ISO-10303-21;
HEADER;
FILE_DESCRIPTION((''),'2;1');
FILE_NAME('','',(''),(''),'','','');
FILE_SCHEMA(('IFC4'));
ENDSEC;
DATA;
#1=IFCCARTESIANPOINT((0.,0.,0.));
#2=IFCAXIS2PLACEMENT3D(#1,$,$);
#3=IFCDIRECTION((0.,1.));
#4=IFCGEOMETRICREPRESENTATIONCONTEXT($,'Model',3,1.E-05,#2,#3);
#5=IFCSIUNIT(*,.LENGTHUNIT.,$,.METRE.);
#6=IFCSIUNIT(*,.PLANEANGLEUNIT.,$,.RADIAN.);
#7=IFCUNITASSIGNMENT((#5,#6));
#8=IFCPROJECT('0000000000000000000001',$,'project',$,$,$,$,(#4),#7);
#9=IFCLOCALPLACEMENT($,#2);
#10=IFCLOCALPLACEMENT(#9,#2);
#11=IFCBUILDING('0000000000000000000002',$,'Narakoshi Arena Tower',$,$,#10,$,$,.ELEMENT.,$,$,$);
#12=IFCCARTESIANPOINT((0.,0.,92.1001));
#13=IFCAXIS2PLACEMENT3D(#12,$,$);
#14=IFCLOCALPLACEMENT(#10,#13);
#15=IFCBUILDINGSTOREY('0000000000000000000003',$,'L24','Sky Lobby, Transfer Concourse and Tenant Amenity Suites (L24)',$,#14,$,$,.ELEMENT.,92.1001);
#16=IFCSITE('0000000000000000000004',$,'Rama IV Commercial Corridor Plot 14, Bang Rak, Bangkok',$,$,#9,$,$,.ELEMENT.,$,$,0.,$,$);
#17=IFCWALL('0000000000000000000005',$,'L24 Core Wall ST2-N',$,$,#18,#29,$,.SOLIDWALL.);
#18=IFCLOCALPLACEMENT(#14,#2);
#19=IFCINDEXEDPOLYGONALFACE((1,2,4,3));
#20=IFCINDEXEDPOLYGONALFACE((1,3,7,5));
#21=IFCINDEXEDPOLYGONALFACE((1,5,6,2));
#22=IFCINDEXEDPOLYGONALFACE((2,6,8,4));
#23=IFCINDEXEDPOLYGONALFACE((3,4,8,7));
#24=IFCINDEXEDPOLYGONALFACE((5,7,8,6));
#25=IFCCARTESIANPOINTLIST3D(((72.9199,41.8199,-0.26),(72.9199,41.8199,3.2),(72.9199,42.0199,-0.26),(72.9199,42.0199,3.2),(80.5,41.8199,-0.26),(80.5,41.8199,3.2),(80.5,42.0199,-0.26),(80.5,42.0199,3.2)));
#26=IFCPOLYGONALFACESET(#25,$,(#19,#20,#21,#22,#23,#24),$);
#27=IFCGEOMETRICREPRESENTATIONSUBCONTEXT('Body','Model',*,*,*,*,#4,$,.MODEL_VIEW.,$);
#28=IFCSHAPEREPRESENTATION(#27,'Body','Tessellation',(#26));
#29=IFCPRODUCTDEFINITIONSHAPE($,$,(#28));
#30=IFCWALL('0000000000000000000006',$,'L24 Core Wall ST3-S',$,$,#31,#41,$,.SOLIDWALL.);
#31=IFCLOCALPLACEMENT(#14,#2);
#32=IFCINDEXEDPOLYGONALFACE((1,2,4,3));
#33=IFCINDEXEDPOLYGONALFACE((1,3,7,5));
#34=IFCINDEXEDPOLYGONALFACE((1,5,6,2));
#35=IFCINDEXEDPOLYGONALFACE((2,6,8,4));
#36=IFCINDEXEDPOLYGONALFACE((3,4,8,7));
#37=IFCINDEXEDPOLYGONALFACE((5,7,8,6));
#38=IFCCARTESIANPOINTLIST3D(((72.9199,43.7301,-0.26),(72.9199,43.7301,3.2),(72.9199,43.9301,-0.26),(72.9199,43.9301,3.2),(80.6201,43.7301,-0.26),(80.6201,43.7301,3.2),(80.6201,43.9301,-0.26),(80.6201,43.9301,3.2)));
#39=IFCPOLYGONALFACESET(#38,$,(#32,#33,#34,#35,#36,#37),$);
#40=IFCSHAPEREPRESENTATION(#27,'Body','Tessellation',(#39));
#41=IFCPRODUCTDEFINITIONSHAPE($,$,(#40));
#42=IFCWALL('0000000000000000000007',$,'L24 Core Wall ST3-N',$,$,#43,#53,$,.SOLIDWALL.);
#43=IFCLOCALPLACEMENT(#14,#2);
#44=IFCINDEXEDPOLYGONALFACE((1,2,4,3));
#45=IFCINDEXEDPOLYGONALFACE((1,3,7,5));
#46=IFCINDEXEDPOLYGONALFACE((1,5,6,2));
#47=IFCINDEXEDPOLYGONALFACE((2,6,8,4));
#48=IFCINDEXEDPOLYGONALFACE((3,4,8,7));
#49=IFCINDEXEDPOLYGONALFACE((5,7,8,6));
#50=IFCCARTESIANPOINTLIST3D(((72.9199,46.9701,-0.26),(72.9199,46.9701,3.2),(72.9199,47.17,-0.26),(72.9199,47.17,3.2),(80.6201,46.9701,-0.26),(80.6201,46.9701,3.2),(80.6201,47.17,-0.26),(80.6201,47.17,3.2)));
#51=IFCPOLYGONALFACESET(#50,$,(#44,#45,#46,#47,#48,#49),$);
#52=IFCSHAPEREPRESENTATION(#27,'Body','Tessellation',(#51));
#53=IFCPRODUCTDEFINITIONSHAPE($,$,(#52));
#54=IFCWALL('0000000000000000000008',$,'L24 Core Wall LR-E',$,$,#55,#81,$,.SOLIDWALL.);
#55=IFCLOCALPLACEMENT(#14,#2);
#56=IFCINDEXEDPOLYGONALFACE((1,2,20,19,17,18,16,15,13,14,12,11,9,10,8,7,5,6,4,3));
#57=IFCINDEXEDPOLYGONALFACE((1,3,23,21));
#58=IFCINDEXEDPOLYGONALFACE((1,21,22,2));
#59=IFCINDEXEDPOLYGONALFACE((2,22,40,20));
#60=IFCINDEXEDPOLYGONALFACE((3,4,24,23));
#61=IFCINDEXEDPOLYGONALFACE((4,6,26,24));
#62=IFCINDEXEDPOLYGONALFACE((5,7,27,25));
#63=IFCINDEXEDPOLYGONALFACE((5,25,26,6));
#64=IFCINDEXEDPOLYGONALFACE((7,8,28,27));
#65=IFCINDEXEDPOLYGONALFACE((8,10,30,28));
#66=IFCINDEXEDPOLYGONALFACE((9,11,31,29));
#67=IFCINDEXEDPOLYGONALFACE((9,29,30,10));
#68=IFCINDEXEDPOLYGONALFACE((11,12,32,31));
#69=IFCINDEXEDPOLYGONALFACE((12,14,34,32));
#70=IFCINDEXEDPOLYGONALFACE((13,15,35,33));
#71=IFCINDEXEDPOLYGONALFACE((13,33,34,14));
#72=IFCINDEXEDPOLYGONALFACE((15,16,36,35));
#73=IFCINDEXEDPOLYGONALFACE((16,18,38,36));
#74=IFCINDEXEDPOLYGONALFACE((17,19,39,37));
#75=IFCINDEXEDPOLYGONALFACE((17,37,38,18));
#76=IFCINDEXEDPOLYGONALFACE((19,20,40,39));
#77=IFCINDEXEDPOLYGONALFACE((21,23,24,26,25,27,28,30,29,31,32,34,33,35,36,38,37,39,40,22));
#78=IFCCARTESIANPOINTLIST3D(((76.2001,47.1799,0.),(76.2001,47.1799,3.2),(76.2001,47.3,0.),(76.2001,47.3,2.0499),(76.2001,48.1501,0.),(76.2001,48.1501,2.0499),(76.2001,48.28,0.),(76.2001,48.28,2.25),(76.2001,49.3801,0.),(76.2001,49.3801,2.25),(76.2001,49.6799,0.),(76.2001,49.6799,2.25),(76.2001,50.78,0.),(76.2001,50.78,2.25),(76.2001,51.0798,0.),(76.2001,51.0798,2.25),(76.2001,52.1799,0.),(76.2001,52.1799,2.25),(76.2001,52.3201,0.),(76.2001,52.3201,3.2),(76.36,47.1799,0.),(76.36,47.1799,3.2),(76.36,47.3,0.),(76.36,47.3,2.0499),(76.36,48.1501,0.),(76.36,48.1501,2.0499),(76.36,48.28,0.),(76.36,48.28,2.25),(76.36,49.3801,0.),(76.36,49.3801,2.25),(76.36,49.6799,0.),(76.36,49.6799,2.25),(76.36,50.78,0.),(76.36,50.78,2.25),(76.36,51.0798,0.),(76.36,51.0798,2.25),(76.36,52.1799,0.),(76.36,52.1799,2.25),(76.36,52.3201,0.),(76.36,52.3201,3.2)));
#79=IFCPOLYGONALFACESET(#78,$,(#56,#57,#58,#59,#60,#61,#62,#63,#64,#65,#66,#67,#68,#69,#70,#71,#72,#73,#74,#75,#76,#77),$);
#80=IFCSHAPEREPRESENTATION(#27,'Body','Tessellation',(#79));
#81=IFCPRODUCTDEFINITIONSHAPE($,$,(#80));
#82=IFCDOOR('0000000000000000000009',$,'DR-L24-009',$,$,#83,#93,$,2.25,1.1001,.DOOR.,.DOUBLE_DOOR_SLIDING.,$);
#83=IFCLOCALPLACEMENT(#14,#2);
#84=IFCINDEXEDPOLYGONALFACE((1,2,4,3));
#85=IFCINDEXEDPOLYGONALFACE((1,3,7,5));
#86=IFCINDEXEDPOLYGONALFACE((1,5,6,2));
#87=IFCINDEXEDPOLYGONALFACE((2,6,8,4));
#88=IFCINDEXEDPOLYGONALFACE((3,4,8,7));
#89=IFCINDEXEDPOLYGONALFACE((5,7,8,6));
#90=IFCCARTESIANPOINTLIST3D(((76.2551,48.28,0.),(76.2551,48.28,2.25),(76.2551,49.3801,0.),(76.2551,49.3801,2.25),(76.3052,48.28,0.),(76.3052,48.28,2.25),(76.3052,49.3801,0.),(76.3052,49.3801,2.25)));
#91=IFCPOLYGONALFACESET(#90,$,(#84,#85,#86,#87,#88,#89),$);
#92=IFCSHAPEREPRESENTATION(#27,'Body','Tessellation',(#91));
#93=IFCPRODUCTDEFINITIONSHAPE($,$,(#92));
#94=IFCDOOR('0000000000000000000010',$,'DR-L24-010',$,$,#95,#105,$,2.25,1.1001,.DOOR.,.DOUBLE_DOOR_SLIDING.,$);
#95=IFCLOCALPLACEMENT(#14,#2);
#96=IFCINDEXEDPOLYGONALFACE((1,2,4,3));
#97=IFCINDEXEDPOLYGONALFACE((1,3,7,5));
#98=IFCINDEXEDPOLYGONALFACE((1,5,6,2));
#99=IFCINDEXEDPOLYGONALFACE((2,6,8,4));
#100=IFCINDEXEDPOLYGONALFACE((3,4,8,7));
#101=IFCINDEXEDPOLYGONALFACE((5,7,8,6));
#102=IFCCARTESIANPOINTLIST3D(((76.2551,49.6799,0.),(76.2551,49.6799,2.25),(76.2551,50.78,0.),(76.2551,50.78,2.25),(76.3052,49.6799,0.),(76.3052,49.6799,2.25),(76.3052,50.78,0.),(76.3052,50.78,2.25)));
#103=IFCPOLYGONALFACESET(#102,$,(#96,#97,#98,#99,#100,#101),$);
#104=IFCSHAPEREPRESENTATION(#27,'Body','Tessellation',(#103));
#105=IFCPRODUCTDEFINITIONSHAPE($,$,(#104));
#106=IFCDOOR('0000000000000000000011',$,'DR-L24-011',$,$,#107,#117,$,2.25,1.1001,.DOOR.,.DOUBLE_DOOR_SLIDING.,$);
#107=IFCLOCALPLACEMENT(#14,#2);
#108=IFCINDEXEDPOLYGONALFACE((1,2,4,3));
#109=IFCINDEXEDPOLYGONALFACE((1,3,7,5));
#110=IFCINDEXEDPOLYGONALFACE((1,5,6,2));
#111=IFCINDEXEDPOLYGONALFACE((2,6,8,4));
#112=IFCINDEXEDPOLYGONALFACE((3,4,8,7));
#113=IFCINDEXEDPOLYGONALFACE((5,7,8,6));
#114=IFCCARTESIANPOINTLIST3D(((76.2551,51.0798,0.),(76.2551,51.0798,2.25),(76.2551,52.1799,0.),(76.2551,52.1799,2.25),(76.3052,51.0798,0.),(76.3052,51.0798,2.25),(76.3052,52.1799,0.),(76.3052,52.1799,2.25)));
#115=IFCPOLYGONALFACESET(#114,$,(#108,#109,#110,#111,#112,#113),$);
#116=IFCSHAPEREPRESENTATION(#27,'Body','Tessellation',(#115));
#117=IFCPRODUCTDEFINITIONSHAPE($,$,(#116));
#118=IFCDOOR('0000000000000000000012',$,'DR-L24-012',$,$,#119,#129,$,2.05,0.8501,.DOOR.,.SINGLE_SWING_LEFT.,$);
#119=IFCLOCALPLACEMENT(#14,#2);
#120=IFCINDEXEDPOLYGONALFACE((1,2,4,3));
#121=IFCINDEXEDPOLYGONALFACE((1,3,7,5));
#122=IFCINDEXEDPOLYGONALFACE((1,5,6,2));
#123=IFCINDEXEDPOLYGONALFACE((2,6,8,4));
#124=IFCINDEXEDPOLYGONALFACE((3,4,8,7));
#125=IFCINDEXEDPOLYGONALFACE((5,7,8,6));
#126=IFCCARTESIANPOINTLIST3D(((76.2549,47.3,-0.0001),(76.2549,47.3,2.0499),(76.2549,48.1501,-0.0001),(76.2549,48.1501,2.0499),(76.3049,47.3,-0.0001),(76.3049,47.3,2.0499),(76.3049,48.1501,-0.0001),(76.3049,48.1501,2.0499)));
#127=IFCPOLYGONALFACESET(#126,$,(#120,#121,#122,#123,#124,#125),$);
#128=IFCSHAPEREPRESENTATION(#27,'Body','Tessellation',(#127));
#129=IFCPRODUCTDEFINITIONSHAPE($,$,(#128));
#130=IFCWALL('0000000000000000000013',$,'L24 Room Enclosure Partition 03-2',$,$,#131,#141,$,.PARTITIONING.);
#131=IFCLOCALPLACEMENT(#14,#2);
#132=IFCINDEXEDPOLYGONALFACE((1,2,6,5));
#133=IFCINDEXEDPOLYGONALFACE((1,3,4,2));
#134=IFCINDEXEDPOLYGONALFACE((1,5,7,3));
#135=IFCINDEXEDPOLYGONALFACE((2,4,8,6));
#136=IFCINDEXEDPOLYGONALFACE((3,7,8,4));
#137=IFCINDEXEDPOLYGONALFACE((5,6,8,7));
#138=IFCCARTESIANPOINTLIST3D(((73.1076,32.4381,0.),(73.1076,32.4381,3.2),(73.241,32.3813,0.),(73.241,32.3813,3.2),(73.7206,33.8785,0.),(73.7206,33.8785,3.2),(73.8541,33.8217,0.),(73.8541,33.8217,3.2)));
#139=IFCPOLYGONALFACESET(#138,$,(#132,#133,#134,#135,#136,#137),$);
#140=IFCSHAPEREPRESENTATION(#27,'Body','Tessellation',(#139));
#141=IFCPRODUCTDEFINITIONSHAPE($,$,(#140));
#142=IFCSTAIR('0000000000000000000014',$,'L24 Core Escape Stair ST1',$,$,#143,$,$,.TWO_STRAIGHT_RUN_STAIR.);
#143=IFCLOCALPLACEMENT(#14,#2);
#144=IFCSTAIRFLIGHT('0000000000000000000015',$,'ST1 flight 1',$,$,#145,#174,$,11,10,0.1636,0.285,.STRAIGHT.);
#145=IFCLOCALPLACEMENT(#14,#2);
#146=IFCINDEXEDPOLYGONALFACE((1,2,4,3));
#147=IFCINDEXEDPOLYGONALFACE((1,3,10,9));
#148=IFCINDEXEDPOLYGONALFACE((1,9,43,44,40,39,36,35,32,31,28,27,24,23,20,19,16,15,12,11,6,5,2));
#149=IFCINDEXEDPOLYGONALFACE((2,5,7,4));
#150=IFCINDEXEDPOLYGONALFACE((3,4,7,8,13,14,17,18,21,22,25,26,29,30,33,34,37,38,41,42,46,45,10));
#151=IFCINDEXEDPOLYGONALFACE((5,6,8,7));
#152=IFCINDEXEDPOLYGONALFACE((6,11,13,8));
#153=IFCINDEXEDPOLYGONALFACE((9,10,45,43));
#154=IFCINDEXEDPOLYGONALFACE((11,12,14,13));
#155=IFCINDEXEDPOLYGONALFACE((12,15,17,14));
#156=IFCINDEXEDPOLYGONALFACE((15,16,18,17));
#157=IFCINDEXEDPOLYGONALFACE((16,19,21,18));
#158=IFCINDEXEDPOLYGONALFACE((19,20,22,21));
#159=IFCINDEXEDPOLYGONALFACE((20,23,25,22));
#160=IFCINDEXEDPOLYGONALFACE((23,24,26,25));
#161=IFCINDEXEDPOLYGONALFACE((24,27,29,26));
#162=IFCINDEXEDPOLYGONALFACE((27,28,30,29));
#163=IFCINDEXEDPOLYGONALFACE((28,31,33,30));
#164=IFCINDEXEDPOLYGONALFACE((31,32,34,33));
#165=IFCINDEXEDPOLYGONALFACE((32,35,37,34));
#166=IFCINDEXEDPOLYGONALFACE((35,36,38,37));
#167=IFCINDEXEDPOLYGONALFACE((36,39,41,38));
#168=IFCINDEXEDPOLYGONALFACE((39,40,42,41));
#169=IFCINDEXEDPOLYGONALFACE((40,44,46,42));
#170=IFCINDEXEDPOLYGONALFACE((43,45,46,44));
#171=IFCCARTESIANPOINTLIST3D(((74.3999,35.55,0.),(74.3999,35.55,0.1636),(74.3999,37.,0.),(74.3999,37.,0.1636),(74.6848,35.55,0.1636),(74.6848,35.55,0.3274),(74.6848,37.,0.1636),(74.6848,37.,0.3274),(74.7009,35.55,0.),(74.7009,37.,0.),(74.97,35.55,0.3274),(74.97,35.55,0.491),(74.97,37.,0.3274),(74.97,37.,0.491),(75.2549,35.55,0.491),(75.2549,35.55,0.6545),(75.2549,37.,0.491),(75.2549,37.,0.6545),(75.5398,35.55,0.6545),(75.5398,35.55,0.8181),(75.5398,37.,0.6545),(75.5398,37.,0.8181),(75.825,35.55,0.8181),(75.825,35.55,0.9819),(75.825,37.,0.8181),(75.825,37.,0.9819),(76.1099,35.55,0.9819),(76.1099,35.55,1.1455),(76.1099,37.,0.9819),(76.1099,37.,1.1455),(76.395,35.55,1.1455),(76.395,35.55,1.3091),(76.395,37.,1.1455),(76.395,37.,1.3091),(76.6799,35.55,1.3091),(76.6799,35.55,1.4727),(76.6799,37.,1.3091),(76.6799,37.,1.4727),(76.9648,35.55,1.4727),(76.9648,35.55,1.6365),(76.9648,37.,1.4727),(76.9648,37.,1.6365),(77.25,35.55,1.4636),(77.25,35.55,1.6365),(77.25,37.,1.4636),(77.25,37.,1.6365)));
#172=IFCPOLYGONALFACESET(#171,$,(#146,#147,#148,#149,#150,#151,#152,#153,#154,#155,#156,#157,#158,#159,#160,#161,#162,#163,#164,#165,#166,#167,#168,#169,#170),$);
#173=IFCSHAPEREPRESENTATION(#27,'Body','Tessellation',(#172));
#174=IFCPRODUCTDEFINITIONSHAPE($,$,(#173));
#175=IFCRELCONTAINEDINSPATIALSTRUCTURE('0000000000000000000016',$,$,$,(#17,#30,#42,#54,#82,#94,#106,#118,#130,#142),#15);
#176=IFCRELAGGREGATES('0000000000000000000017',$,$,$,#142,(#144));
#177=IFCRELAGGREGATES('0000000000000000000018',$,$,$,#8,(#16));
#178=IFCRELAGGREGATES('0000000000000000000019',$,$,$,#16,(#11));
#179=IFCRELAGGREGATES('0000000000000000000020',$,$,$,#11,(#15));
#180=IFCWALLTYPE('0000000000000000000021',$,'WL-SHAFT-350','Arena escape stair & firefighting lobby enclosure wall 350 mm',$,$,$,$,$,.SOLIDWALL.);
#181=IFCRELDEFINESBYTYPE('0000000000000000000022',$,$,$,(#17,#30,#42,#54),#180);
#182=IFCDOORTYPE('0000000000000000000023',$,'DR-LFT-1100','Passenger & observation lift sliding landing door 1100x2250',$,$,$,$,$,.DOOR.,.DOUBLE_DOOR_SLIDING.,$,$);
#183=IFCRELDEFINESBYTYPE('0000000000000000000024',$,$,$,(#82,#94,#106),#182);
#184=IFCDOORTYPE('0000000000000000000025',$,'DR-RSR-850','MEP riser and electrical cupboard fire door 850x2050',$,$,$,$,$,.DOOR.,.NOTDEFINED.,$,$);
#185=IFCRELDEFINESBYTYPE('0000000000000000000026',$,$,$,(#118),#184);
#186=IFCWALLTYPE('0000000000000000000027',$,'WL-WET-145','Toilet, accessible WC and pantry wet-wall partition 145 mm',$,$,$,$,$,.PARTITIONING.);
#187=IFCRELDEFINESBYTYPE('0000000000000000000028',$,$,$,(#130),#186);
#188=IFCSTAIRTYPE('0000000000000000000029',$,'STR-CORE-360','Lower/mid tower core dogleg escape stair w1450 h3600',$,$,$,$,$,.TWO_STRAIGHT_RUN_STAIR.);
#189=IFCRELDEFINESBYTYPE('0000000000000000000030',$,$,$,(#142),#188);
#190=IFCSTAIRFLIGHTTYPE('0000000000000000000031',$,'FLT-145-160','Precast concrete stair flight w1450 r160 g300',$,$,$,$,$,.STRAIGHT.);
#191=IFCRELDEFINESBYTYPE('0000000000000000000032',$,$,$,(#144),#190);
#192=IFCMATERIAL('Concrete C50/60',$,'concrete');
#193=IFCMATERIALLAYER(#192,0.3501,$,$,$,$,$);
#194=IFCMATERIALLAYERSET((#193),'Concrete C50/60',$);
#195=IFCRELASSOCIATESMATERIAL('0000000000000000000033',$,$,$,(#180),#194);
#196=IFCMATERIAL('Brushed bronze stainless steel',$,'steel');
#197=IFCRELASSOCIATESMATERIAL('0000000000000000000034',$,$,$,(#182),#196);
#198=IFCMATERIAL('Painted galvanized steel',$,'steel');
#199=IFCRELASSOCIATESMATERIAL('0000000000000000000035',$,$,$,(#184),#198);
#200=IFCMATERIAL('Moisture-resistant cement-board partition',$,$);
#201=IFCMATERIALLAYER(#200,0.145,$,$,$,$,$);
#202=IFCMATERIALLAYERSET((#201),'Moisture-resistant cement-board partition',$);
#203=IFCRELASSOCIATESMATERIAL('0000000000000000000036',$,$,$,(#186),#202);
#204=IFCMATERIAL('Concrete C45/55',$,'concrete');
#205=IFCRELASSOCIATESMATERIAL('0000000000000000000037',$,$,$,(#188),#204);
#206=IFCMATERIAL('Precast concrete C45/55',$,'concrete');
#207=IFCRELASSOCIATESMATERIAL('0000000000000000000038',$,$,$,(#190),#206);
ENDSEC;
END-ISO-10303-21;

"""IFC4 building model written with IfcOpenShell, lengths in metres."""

from ifc_helpers import new_model, si_unit, direction, frame, frame_2d, origin, place, context, subcontext, project, spatial, polyline, rectangle, outline, extrude, material, layer, layer_set, type_object, element, fill, aggregate, save


model = new_model("IFC4")

# Units and contexts
model_context = context("Model", 3, precision=1e-05, world=origin(), true_north=direction((0.0, 1.0)))
body_context = subcontext(model_context, "Body", "Model", "MODEL_VIEW")
ifc_project = project(units=[si_unit("LENGTHUNIT", "METRE"), si_unit("PLANEANGLEUNIT", "RADIAN")], contexts=[model_context])

# Site, building, storey
site_placement = place(None, origin())
site = spatial("IfcSite", under=ifc_project, at=site_placement, Name="Rama IV Commercial Corridor Plot 14, Bang Rak, Bangkok", CompositionType="ELEMENT", RefElevation=0.0)
building_placement = place(site_placement, origin())
building = spatial("IfcBuilding", under=site, at=building_placement, Name="Narakoshi Arena Tower", CompositionType="ELEMENT")
storey_placement = place(building_placement, frame((0.0, 0.0, 92.1001)))
storey = spatial("IfcBuildingStorey", under=building, at=storey_placement, Name="L24", Description="Sky Lobby, Transfer Concourse and Tenant Amenity Suites (L24)", CompositionType="ELEMENT", Elevation=92.1001)

# Walls
ifc_material_1 = material(Name="Concrete C50/60", Category="concrete")
ifc_layer_1 = layer(ifc_material_1, 0.3501)
ifc_layer_set_1 = layer_set([ifc_layer_1], Name="Concrete C50/60")
wall_type_1 = type_object("IfcWallType", Name="WL-SHAFT-350", Description="Arena escape stair & firefighting lobby enclosure wall 350 mm", PredefinedType="SOLIDWALL", material=ifc_layer_set_1)
wall_1_placement = place(storey_placement, frame((72.9199, 41.9199, -0.26), z_axis=(0.0, 0.0, 1.0), x_axis=(1.0, 0.0, 0.0)))
element("IfcWall", 1, at=wall_1_placement, inside=storey, type_object=wall_type_1, Name="L24 Core Wall ST2-N", PredefinedType="SOLIDWALL", context=body_context, shape_type="SweptSolid", body=[
    extrude(rectangle(XDim=7.5801, YDim=0.2, at=frame_2d((3.79, 0.0))), origin(), (0.0, 0.0, 1.0), 3.46),
])
for number, where, z_axis, x_axis, name in (
    (2, (72.9199, 43.8301, -0.26), (0.0, 0.0, 1.0), (1.0, 0.0, 0.0), "L24 Core Wall ST3-S"),
    (3, (72.9199, 47.0701, -0.26), (0.0, 0.0, 1.0), (1.0, 0.0, 0.0), "L24 Core Wall ST3-N"),
):
    element("IfcWall", number, at=place(storey_placement, frame(where, z_axis=z_axis, x_axis=x_axis)), inside=storey, type_object=wall_type_1, Name=name, PredefinedType="SOLIDWALL", context=body_context, shape_type="SweptSolid", body=[
        extrude(rectangle(XDim=7.7002, YDim=0.2, at=frame_2d((3.8501, 0.0))), origin(), (0.0, 0.0, 1.0), 3.46),
    ])

# Wall, openings, doors
wall_2_placement = place(storey_placement, frame((76.28, 47.1799, 0.0), z_axis=(0.0, 0.0, 1.0), x_axis=(0.0, 1.0, 0.0)))
wall_2 = element("IfcWall", 4, at=wall_2_placement, inside=storey, type_object=wall_type_1, Name="L24 Core Wall LR-E", PredefinedType="SOLIDWALL", context=body_context, shape_type="SweptSolid", body=[
    extrude(rectangle(XDim=5.1401, YDim=0.1599, at=frame_2d((2.5701, 0.0))), origin(), (0.0, 0.0, 1.0), 3.2),
])
opening_1_placement = place(wall_2_placement, frame((1.1001, 0.0, 0.0)))
opening_1 = element("IfcOpeningElement", 5, at=opening_1_placement, cuts=wall_2, PredefinedType="OPENING", context=body_context, shape_type="SweptSolid", body=[
    extrude(rectangle(XDim=1.1001, YDim=2.25, at=frame_2d((0.55, 1.125))), frame((0.0, 0.0898, 0.0), z_axis=(0.0, -1.0, 0.0), x_axis=(1.0, 0.0, 0.0)), (0.0, 0.0, 1.0), 0.1799),
])
opening_2_placement = place(wall_2_placement, frame((2.5, 0.0, 0.0)))
opening_2 = element("IfcOpeningElement", 6, at=opening_2_placement, cuts=wall_2, PredefinedType="OPENING", context=body_context, shape_type="SweptSolid", body=[
    extrude(rectangle(XDim=1.1001, YDim=2.25, at=frame_2d((0.55, 1.125))), frame((0.0, 0.0898, 0.0), z_axis=(0.0, -1.0, 0.0), x_axis=(1.0, 0.0, 0.0)), (0.0, 0.0, 1.0), 0.1799),
])
opening_3_placement = place(wall_2_placement, frame((3.8999, 0.0, 0.0)))
opening_3 = element("IfcOpeningElement", 7, at=opening_3_placement, cuts=wall_2, PredefinedType="OPENING", context=body_context, shape_type="SweptSolid", body=[
    extrude(rectangle(XDim=1.1001, YDim=2.25, at=frame_2d((0.55, 1.125))), frame((0.0, 0.0898, 0.0), z_axis=(0.0, -1.0, 0.0), x_axis=(1.0, 0.0, 0.0)), (0.0, 0.0, 1.0), 0.1799),
])
opening_4_placement = place(wall_2_placement, frame((0.1201, 0.0, 0.0)))
opening_4 = element("IfcOpeningElement", 8, at=opening_4_placement, cuts=wall_2, PredefinedType="OPENING", context=body_context, shape_type="SweptSolid", body=[
    extrude(rectangle(XDim=0.8501, YDim=2.05, at=frame_2d((0.425, 1.0249))), frame((0.0, 0.0898, 0.0), z_axis=(0.0, -1.0, 0.0), x_axis=(1.0, 0.0, 0.0)), (0.0, 0.0, 1.0), 0.1799),
])
ifc_material_2 = material(Name="Brushed bronze stainless steel", Category="steel")
door_type_1 = type_object("IfcDoorType", Name="DR-LFT-1100", Description="Passenger & observation lift sliding landing door 1100x2250", OperationType="DOUBLE_DOOR_SLIDING", PredefinedType="DOOR", material=ifc_material_2)
door_1_placement = place(opening_1_placement, origin())
door_1 = element("IfcDoor", 9, at=door_1_placement, inside=storey, type_object=door_type_1, Name="DR-L24-009", OperationType="DOUBLE_DOOR_SLIDING", OverallHeight=2.25, OverallWidth=1.1001, PredefinedType="DOOR", context=body_context, shape_type="SweptSolid", body=[
    extrude(rectangle(XDim=1.1001, YDim=2.25, at=frame_2d((0.55, 1.125))), frame((0.0, 0.0249, 0.0), z_axis=(0.0, -1.0, 0.0), x_axis=(1.0, 0.0, 0.0)), (0.0, 0.0, 1.0), 0.05),
])
fill(opening_1, door_1)
door_2_placement = place(opening_2_placement, origin())
door_2 = element("IfcDoor", 10, at=door_2_placement, inside=storey, type_object=door_type_1, Name="DR-L24-010", OperationType="DOUBLE_DOOR_SLIDING", OverallHeight=2.25, OverallWidth=1.1001, PredefinedType="DOOR", context=body_context, shape_type="SweptSolid", body=[
    extrude(rectangle(XDim=1.1001, YDim=2.25, at=frame_2d((0.55, 1.125))), frame((0.0, 0.0249, 0.0), z_axis=(0.0, -1.0, 0.0), x_axis=(1.0, 0.0, 0.0)), (0.0, 0.0, 1.0), 0.05),
])
fill(opening_2, door_2)
door_3_placement = place(opening_3_placement, origin())
door_3 = element("IfcDoor", 11, at=door_3_placement, inside=storey, type_object=door_type_1, Name="DR-L24-011", OperationType="DOUBLE_DOOR_SLIDING", OverallHeight=2.25, OverallWidth=1.1001, PredefinedType="DOOR", context=body_context, shape_type="SweptSolid", body=[
    extrude(rectangle(XDim=1.1001, YDim=2.25, at=frame_2d((0.55, 1.125))), frame((0.0, 0.0249, 0.0), z_axis=(0.0, -1.0, 0.0), x_axis=(1.0, 0.0, 0.0)), (0.0, 0.0, 1.0), 0.05),
])
fill(opening_3, door_3)
ifc_material_3 = material(Name="Painted galvanized steel", Category="steel")
door_type_2 = type_object("IfcDoorType", Name="DR-RSR-850", Description="MEP riser and electrical cupboard fire door 850x2050", OperationType="NOTDEFINED", PredefinedType="DOOR", material=ifc_material_3)
door_4_placement = place(opening_4_placement, frame((0.8501, 0.0, 0.0), z_axis=(0.0, 0.0, 1.0), x_axis=(-1.0, 0.0, 0.0)))
door_4 = element("IfcDoor", 12, at=door_4_placement, inside=storey, type_object=door_type_2, Name="DR-L24-012", OperationType="SINGLE_SWING_LEFT", OverallHeight=2.05, OverallWidth=0.8501, PredefinedType="DOOR", context=body_context, shape_type="SweptSolid", body=[
    extrude(rectangle(XDim=0.8501, YDim=2.05, at=frame_2d((0.425, 1.0249))), frame((0.0, 0.0249, 0.0), z_axis=(0.0, -1.0, 0.0), x_axis=(1.0, 0.0, 0.0)), (0.0, 0.0, 1.0), 0.05),
])
fill(opening_4, door_4)

# Wall
ifc_material_4 = material(Name="Moisture-resistant cement-board partition")
ifc_layer_2 = layer(ifc_material_4, 0.145)
ifc_layer_set_2 = layer_set([ifc_layer_2], Name="Moisture-resistant cement-board partition")
wall_type_2 = type_object("IfcWallType", Name="WL-WET-145", Description="Toilet, accessible WC and pantry wet-wall partition 145 mm", PredefinedType="PARTITIONING", material=ifc_layer_set_2)
wall_3_placement = place(storey_placement, frame((73.7874, 33.8501, 0.0), z_axis=(0.0, 0.0, 1.0), x_axis=(-0.391603, -0.920134, 0.0)))
element("IfcWall", 13, at=wall_3_placement, inside=storey, type_object=wall_type_2, Name="L24 Room Enclosure Partition 03-2", PredefinedType="PARTITIONING", context=body_context, shape_type="SweptSolid", body=[
    extrude(rectangle(XDim=1.5654, YDim=0.145, at=frame_2d((0.7827, 0.0))), origin(), (0.0, 0.0, 1.0), 3.2),
])

# Stair, stair flight
ifc_material_5 = material(Name="Concrete C45/55", Category="concrete")
stair_type = type_object("IfcStairType", Name="STR-CORE-360", Description="Lower/mid tower core dogleg escape stair w1450 h3600", PredefinedType="TWO_STRAIGHT_RUN_STAIR", material=ifc_material_5)
stair_1_placement = place(storey_placement, origin())
stair_1 = element("IfcStair", 14, at=stair_1_placement, inside=storey, type_object=stair_type, Name="L24 Core Escape Stair ST1", PredefinedType="TWO_STRAIGHT_RUN_STAIR")
ifc_material_6 = material(Name="Precast concrete C45/55", Category="concrete")
stair_flight_type = type_object("IfcStairFlightType", Name="FLT-145-160", Description="Precast concrete stair flight w1450 r160 g300", PredefinedType="STRAIGHT", material=ifc_material_6)
stair_flight_1_placement = place(storey_placement, frame((74.3999, 36.2749, 0.0), z_axis=(0.0, 0.0, 1.0), x_axis=(1.0, 0.0, 0.0)))
stair_flight_1 = element("IfcStairFlight", 15, at=stair_flight_1_placement, type_object=stair_flight_type, Name="ST1 flight 1", NumberOfRisers=11, NumberOfTreads=10, PredefinedType="STRAIGHT", RiserHeight=0.1636, TreadLength=0.285, context=body_context, shape_type="SweptSolid", body=[
    extrude(outline(polyline([(0.0, 0.0), (0.0, 0.1636), (0.2849, 0.1636), (0.2849, 0.3274), (0.5701, 0.3274), (0.5701, 0.491), (0.855, 0.491), (0.855, 0.6545), (1.1399, 0.6545), (1.1399, 0.8181), (1.425, 0.8181), (1.425, 0.9819), (1.71, 0.9819), (1.71, 1.1455), (1.9951, 1.1455), (1.9951, 1.3091), (2.28, 1.3091), (2.28, 1.4727), (2.5649, 1.4727), (2.5649, 1.6365), (2.8501, 1.6365), (2.8501, 1.8), (2.8501, 1.4636), (0.301, 0.0), (0.0, 0.0)])), frame((0.0, 0.7251, 0.0), z_axis=(0.0, -1.0, 0.0), x_axis=(1.0, 0.0, 0.0)), (0.0, 0.0, 1.0), 1.45),
])
aggregate(stair_1, [stair_flight_1])

save(model, "model.ifc")
